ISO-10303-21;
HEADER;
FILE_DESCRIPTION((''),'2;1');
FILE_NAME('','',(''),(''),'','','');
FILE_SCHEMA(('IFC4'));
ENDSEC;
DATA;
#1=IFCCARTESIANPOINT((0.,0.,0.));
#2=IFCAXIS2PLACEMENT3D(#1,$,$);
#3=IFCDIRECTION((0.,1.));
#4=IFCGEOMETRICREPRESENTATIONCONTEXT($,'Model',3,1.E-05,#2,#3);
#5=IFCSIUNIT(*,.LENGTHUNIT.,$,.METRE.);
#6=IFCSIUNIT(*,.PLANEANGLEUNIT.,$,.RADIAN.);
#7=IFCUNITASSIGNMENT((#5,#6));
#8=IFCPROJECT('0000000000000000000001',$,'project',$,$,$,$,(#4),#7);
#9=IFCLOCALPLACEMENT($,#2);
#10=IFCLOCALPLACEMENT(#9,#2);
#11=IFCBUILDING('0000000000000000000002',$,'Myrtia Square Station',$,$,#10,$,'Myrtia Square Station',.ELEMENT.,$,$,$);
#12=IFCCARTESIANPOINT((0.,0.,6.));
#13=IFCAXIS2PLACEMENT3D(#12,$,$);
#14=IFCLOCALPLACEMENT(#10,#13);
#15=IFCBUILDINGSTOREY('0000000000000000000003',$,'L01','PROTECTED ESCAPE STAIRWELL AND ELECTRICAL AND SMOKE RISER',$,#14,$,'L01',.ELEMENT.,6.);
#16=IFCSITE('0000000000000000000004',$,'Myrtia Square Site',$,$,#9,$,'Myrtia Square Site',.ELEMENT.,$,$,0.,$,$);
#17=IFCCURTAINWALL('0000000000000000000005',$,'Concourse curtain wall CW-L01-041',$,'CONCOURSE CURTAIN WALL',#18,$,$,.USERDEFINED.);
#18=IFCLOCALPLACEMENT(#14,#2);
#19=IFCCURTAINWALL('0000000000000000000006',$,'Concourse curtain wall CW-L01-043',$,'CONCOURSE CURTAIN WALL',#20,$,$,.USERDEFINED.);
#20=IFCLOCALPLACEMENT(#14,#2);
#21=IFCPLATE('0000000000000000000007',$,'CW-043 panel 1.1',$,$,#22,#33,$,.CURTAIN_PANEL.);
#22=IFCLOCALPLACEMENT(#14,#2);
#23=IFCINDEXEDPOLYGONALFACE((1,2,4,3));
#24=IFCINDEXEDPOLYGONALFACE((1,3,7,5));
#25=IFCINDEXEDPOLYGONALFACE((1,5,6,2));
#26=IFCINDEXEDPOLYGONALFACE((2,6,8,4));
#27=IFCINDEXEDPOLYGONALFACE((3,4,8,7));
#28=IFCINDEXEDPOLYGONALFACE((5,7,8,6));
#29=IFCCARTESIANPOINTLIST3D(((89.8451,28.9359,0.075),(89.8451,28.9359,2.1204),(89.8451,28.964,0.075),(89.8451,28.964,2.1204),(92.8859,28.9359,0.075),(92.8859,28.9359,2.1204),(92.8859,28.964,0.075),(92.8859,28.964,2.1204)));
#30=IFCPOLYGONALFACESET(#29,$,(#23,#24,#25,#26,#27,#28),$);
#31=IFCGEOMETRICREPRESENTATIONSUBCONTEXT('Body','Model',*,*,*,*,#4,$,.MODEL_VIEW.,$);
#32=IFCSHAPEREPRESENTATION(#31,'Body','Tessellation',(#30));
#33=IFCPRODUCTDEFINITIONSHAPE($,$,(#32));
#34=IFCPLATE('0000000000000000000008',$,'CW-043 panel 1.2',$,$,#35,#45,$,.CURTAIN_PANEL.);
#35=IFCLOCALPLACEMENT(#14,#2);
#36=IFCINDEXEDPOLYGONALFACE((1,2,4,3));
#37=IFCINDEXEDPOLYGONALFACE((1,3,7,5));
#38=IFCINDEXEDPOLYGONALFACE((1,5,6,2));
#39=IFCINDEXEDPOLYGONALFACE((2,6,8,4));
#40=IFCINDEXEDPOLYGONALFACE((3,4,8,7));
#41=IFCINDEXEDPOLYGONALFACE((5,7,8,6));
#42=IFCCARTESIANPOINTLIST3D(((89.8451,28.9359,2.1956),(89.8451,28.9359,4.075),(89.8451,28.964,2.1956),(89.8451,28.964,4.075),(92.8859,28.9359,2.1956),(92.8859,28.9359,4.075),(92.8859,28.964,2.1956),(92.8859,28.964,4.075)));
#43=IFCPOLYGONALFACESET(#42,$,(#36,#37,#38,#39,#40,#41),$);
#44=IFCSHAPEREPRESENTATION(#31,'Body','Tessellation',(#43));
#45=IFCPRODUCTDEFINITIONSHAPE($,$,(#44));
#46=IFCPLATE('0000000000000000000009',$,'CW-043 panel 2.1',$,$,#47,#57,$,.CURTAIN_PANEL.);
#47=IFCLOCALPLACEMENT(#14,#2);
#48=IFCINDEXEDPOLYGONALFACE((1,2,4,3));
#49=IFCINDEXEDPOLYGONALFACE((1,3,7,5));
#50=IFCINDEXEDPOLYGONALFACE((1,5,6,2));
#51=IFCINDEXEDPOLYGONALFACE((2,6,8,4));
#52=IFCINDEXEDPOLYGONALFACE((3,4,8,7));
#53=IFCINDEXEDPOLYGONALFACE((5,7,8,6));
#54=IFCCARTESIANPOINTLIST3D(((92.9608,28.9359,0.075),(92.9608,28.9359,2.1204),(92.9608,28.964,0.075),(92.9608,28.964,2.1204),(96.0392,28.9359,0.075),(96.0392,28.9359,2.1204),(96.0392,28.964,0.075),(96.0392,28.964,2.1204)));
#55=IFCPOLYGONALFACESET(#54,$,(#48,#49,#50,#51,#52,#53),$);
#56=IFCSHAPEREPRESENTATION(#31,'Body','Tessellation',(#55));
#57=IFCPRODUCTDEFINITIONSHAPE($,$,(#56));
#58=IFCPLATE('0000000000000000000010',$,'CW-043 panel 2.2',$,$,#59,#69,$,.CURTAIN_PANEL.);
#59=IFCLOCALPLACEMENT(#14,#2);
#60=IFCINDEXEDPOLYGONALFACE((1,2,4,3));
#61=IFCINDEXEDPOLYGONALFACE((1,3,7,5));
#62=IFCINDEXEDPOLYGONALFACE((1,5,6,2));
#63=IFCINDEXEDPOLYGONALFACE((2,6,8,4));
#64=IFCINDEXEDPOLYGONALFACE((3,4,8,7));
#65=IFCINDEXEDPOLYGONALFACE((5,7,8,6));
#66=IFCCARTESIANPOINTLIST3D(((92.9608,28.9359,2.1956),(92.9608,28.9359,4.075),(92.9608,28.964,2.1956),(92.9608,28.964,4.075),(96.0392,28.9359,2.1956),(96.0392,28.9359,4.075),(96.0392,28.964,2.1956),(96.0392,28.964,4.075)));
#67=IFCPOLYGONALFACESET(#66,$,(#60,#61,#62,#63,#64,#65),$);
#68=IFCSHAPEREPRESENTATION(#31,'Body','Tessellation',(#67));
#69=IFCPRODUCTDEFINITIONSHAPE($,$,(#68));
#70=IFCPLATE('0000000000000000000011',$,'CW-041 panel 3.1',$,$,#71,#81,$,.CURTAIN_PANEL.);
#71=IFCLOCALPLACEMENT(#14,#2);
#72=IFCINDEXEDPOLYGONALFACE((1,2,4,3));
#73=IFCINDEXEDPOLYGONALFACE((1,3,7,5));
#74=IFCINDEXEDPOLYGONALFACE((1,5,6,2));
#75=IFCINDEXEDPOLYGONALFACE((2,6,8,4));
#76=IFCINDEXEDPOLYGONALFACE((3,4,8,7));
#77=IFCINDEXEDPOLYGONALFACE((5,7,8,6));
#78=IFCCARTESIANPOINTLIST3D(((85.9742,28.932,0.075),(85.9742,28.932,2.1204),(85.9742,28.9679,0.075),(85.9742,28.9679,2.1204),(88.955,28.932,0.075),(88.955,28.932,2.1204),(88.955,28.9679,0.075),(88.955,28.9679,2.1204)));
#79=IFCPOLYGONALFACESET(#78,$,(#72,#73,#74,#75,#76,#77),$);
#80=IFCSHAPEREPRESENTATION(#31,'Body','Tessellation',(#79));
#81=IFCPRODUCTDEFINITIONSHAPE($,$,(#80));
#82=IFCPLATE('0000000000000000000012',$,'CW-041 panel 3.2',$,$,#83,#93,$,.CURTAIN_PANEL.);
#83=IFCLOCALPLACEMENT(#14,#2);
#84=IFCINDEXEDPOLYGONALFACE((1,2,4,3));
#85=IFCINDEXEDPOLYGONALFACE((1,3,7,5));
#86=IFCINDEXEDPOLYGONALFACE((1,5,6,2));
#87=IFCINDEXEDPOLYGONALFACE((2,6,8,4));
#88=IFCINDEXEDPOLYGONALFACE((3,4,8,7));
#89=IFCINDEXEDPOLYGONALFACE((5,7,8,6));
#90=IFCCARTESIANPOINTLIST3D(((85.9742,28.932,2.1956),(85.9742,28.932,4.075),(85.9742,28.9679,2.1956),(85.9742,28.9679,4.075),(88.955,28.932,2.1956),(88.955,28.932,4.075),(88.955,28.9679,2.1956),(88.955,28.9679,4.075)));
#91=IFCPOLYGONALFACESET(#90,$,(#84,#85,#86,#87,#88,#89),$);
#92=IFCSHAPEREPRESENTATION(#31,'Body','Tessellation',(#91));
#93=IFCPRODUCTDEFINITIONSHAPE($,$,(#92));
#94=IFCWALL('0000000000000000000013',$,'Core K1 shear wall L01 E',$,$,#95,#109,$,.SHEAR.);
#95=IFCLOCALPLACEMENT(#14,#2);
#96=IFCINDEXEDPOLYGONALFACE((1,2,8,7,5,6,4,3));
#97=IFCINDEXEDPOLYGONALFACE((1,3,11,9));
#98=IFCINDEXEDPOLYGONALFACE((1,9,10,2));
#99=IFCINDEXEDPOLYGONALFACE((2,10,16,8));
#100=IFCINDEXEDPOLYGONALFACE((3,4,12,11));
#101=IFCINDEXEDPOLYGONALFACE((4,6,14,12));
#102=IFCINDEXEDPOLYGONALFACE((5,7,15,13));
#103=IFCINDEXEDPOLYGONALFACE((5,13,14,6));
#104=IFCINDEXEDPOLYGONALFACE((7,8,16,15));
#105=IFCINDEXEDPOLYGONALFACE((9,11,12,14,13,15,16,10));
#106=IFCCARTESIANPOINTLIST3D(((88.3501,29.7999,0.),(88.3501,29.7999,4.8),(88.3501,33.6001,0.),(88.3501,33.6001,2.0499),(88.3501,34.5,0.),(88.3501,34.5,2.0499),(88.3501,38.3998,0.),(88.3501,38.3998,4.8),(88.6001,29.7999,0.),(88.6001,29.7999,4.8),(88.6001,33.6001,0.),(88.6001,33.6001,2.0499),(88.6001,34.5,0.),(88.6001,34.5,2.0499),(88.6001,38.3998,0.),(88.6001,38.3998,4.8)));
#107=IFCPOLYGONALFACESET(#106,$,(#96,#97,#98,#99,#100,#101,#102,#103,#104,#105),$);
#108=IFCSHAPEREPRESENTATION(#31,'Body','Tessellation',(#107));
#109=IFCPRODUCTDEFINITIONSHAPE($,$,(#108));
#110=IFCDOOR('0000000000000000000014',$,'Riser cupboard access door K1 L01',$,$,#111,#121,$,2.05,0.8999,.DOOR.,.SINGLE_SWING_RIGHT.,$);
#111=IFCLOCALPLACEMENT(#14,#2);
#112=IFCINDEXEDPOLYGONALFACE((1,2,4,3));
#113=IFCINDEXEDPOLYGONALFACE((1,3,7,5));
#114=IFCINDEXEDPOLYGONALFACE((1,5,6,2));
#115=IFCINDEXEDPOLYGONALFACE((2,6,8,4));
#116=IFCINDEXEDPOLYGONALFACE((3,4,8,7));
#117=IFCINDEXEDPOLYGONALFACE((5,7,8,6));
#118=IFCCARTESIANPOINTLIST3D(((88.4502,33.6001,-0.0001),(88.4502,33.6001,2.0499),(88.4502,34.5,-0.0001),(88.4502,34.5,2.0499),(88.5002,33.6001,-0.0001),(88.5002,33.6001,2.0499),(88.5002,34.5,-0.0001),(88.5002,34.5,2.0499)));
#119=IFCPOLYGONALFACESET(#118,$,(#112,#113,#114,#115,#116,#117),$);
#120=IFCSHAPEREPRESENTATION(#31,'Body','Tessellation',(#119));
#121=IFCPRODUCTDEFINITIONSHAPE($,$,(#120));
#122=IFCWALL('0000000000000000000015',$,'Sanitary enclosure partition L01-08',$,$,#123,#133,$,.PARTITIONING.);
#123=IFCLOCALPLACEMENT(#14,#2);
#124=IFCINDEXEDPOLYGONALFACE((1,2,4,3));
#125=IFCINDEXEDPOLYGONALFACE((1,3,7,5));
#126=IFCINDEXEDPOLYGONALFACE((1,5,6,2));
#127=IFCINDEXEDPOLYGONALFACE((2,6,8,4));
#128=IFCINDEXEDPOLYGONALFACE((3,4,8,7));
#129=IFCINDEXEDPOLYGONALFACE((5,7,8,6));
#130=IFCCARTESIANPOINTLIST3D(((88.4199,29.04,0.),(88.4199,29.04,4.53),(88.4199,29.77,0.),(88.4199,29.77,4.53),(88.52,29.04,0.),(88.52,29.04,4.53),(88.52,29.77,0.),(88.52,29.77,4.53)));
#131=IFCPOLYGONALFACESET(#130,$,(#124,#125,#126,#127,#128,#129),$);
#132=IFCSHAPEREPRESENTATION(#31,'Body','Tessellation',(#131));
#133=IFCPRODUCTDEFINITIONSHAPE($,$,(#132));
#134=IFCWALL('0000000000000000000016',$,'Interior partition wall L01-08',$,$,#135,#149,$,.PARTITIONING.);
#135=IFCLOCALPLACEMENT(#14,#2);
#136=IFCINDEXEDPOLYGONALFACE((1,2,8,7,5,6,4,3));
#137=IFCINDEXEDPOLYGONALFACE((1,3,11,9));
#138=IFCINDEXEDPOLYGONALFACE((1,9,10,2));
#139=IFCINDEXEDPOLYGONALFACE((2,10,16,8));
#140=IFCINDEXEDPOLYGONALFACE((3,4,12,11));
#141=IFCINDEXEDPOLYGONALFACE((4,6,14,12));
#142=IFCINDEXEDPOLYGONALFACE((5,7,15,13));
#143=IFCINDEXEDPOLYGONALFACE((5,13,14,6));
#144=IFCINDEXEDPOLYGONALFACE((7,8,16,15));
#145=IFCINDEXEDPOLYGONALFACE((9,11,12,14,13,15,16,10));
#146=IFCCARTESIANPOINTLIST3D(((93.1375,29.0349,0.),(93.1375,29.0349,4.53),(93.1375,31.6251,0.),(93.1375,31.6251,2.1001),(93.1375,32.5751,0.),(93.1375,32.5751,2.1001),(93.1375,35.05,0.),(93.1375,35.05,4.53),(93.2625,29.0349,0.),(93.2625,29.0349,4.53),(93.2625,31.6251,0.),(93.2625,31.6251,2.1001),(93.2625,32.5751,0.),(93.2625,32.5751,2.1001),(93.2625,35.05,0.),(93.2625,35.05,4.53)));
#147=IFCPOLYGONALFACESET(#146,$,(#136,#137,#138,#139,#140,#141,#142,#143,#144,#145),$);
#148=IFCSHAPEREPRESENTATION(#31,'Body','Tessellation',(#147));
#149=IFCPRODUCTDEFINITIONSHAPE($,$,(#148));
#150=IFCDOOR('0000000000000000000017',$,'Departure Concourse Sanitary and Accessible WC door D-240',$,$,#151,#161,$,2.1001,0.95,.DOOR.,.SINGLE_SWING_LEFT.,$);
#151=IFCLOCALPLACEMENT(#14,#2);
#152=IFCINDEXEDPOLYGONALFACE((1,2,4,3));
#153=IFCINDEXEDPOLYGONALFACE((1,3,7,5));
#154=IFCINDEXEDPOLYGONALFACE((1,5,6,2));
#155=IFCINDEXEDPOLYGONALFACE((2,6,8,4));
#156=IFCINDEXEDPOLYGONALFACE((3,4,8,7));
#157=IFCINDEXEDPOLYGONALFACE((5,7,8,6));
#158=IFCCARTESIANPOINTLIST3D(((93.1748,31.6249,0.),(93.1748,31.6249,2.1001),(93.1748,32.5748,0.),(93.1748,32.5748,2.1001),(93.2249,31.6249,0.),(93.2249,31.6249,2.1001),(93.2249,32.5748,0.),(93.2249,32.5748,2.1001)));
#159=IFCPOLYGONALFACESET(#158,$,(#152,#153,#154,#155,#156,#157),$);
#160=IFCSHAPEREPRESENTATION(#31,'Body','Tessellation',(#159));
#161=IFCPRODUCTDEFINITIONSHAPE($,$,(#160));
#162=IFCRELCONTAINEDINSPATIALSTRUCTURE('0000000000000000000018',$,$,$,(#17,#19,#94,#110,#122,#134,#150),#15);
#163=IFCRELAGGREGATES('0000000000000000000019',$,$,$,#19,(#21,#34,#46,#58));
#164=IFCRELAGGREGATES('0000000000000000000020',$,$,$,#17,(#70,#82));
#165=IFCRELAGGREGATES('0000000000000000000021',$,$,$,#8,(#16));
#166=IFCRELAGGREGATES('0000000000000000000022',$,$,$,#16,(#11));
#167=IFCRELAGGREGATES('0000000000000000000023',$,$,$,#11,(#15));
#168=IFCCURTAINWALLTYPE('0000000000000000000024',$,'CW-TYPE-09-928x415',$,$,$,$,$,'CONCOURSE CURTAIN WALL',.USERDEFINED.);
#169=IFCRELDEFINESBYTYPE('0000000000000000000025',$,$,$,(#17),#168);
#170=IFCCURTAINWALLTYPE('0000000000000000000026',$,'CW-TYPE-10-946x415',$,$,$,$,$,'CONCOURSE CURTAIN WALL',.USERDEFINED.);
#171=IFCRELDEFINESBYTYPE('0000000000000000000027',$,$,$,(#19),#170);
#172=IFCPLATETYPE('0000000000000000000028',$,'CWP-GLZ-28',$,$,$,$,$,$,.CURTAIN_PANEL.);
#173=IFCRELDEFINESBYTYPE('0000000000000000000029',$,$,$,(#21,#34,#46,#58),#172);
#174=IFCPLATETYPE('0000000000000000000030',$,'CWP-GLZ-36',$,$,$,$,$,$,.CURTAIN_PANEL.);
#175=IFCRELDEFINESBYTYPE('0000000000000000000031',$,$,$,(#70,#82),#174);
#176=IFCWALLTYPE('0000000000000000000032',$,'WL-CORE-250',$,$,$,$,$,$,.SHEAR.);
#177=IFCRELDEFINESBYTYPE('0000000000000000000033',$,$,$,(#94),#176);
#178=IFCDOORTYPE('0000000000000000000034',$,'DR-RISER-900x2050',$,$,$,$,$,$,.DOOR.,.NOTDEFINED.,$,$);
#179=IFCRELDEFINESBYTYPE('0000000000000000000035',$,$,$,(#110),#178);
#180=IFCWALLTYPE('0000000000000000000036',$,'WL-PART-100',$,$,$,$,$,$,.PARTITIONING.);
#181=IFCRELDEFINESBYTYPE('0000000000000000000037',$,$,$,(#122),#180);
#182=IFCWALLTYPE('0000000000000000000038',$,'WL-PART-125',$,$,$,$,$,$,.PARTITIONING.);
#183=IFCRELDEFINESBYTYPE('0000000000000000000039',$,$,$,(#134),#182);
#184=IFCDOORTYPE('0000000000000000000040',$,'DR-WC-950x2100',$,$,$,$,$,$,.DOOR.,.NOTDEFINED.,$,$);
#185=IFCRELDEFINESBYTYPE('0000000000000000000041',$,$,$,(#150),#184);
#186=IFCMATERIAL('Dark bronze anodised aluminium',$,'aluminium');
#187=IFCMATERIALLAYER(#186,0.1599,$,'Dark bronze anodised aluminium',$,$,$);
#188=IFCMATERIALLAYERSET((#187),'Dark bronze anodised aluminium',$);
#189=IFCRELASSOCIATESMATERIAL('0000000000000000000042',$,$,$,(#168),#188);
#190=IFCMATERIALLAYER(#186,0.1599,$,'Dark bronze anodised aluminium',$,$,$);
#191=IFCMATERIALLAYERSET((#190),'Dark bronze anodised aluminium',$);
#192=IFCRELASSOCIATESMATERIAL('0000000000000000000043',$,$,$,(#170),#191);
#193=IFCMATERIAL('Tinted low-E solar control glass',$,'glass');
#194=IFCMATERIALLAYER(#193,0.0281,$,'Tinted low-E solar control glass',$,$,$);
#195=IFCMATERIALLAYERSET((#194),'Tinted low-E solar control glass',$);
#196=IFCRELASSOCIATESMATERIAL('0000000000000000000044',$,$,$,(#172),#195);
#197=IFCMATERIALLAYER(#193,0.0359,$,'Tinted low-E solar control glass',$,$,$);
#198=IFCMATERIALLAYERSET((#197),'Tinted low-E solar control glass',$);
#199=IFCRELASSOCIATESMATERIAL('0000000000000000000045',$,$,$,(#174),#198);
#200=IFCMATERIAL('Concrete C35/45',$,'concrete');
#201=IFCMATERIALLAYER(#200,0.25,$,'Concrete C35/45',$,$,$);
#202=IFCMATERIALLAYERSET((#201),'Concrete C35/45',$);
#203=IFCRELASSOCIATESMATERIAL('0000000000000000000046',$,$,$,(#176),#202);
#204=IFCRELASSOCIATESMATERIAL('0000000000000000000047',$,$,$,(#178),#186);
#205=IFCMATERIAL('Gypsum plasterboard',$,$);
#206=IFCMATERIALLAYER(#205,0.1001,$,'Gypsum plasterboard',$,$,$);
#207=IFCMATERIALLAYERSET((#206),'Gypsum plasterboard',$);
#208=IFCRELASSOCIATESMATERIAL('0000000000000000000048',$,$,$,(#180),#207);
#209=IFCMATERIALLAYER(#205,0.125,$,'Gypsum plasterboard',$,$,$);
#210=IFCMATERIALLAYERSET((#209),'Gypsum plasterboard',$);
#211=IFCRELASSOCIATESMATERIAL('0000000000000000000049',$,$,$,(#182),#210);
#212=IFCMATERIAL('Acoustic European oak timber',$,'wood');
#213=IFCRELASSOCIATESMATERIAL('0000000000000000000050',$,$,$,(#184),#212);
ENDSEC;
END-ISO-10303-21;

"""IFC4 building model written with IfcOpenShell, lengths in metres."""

from ifc_helpers import new_model, si_unit, direction, frame, frame_2d, origin, origin_2d, place, context, subcontext, project, spatial, rectangle, extrude, material, layer, layer_set, type_object, element, fill, aggregate, save


model = new_model("IFC4")

# Units and contexts
model_context = context("Model", 3, precision=1e-05, world=origin(), true_north=direction((0.0, 1.0)))
body_context = subcontext(model_context, "Body", "Model", "MODEL_VIEW")
ifc_project = project(units=[si_unit("LENGTHUNIT", "METRE"), si_unit("PLANEANGLEUNIT", "RADIAN")], contexts=[model_context])

# Site, building, storey
site_placement = place(None, origin())
site = spatial("IfcSite", under=ifc_project, at=site_placement, Name="Myrtia Square Site", LongName="Myrtia Square Site", CompositionType="ELEMENT", RefElevation=0.0)
building_placement = place(site_placement, origin())
building = spatial("IfcBuilding", under=site, at=building_placement, Name="Myrtia Square Station", LongName="Myrtia Square Station", CompositionType="ELEMENT")
storey_placement = place(building_placement, frame((0.0, 0.0, 6.0)))
storey = spatial("IfcBuildingStorey", under=building, at=storey_placement, Name="L01", Description="PROTECTED ESCAPE STAIRWELL AND ELECTRICAL AND SMOKE RISER", LongName="L01", CompositionType="ELEMENT", Elevation=6.0)

# Curtain wall
ifc_material_1 = material(Name="Dark bronze anodised aluminium", Category="aluminium")
ifc_layer_1 = layer(ifc_material_1, 0.1599, Name="Dark bronze anodised aluminium")
ifc_layer_set_1 = layer_set([ifc_layer_1], Name="Dark bronze anodised aluminium")
curtain_wall_type_1 = type_object("IfcCurtainWallType", Name="CW-TYPE-09-928x415", ElementType="CONCOURSE CURTAIN WALL", PredefinedType="USERDEFINED", material=ifc_layer_set_1)
curtain_wall_1_placement = place(storey_placement, origin())
curtain_wall_1 = element("IfcCurtainWall", 1, at=curtain_wall_1_placement, inside=storey, type_object=curtain_wall_type_1, Name="Concourse curtain wall CW-L01-041", ObjectType="CONCOURSE CURTAIN WALL", PredefinedType="USERDEFINED")

# Curtain wall
ifc_layer_2 = layer(ifc_material_1, 0.1599, Name="Dark bronze anodised aluminium")
ifc_layer_set_2 = layer_set([ifc_layer_2], Name="Dark bronze anodised aluminium")
curtain_wall_type_2 = type_object("IfcCurtainWallType", Name="CW-TYPE-10-946x415", ElementType="CONCOURSE CURTAIN WALL", PredefinedType="USERDEFINED", material=ifc_layer_set_2)
curtain_wall_2_placement = place(storey_placement, origin())
curtain_wall_2 = element("IfcCurtainWall", 2, at=curtain_wall_2_placement, inside=storey, type_object=curtain_wall_type_2, Name="Concourse curtain wall CW-L01-043", ObjectType="CONCOURSE CURTAIN WALL", PredefinedType="USERDEFINED")

# Plates
ifc_material_2 = material(Name="Tinted low-E solar control glass", Category="glass")
ifc_layer_3 = layer(ifc_material_2, 0.0281, Name="Tinted low-E solar control glass")
ifc_layer_set_3 = layer_set([ifc_layer_3], Name="Tinted low-E solar control glass")
plate_type_1 = type_object("IfcPlateType", Name="CWP-GLZ-28", PredefinedType="CURTAIN_PANEL", material=ifc_layer_set_3)
plate_1_placement = place(storey_placement, frame((91.3655, 28.95, 0.075), z_axis=(0.0, 0.0, 1.0), x_axis=(1.0, 0.0, 0.0)))
plate_1 = element("IfcPlate", 3, at=plate_1_placement, type_object=plate_type_1, Name="CW-043 panel 1.1", PredefinedType="CURTAIN_PANEL", context=body_context, shape_type="SweptSolid", body=[
    extrude(rectangle(XDim=3.0408, YDim=0.0281, at=origin_2d()), origin(), (0.0, 0.0, 1.0), 2.0454),
])
plate_2_placement = place(storey_placement, frame((91.3655, 28.95, 2.1956), z_axis=(0.0, 0.0, 1.0), x_axis=(1.0, 0.0, 0.0)))
plate_2 = element("IfcPlate", 4, at=plate_2_placement, type_object=plate_type_1, Name="CW-043 panel 1.2", PredefinedType="CURTAIN_PANEL", context=body_context, shape_type="SweptSolid", body=[
    extrude(rectangle(XDim=3.0408, YDim=0.0281, at=origin_2d()), origin(), (0.0, 0.0, 1.0), 1.8794),
])
plate_3_placement = place(storey_placement, frame((94.5, 28.95, 0.075), z_axis=(0.0, 0.0, 1.0), x_axis=(1.0, 0.0, 0.0)))
plate_3 = element("IfcPlate", 5, at=plate_3_placement, type_object=plate_type_1, Name="CW-043 panel 2.1", PredefinedType="CURTAIN_PANEL", context=body_context, shape_type="SweptSolid", body=[
    extrude(rectangle(XDim=3.0784, YDim=0.0281, at=origin_2d()), origin(), (0.0, 0.0, 1.0), 2.0454),
])
plate_4_placement = place(storey_placement, frame((94.5, 28.95, 2.1956), z_axis=(0.0, 0.0, 1.0), x_axis=(1.0, 0.0, 0.0)))
plate_4 = element("IfcPlate", 6, at=plate_4_placement, type_object=plate_type_1, Name="CW-043 panel 2.2", PredefinedType="CURTAIN_PANEL", context=body_context, shape_type="SweptSolid", body=[
    extrude(rectangle(XDim=3.0784, YDim=0.0281, at=origin_2d()), origin(), (0.0, 0.0, 1.0), 1.8794),
])
aggregate(curtain_wall_2, [plate_1, plate_2, plate_3, plate_4])
ifc_layer_4 = layer(ifc_material_2, 0.0359, Name="Tinted low-E solar control glass")
ifc_layer_set_4 = layer_set([ifc_layer_4], Name="Tinted low-E solar control glass")
plate_type_2 = type_object("IfcPlateType", Name="CWP-GLZ-36", PredefinedType="CURTAIN_PANEL", material=ifc_layer_set_4)
plate_5_placement = place(storey_placement, frame((87.4646, 28.95, 0.075), z_axis=(0.0, 0.0, 1.0), x_axis=(1.0, 0.0, 0.0)))
plate_5 = element("IfcPlate", 7, at=plate_5_placement, type_object=plate_type_2, Name="CW-041 panel 3.1", PredefinedType="CURTAIN_PANEL", context=body_context, shape_type="SweptSolid", body=[
    extrude(rectangle(XDim=2.9807, YDim=0.0359, at=origin_2d()), origin(), (0.0, 0.0, 1.0), 2.0454),
])
plate_6_placement = place(storey_placement, frame((87.4646, 28.95, 2.1956), z_axis=(0.0, 0.0, 1.0), x_axis=(1.0, 0.0, 0.0)))
plate_6 = element("IfcPlate", 8, at=plate_6_placement, type_object=plate_type_2, Name="CW-041 panel 3.2", PredefinedType="CURTAIN_PANEL", context=body_context, shape_type="SweptSolid", body=[
    extrude(rectangle(XDim=2.9807, YDim=0.0359, at=origin_2d()), origin(), (0.0, 0.0, 1.0), 1.8794),
])
aggregate(curtain_wall_1, [plate_5, plate_6])

# Wall, opening, door
ifc_material_3 = material(Name="Concrete C35/45", Category="concrete")
ifc_layer_5 = layer(ifc_material_3, 0.25, Name="Concrete C35/45")
ifc_layer_set_5 = layer_set([ifc_layer_5], Name="Concrete C35/45")
wall_type_1 = type_object("IfcWallType", Name="WL-CORE-250", PredefinedType="SHEAR", material=ifc_layer_set_5)
wall_1_placement = place(storey_placement, frame((88.4751, 29.8, 0.0), z_axis=(0.0, 0.0, 1.0), x_axis=(0.0, 1.0, 0.0)))
wall_1 = element("IfcWall", 9, at=wall_1_placement, inside=storey, type_object=wall_type_1, Name="Core K1 shear wall L01 E", PredefinedType="SHEAR", context=body_context, shape_type="SweptSolid", body=[
    extrude(rectangle(XDim=8.5999, YDim=0.25, at=frame_2d((4.2998, 0.0))), origin(), (0.0, 0.0, 1.0), 4.8),
])
opening_1_placement = place(wall_1_placement, frame((3.8, 0.0, 0.0)))
opening_1 = element("IfcOpeningElement", 10, at=opening_1_placement, cuts=wall_1, PredefinedType="OPENING", context=body_context, shape_type="SweptSolid", body=[
    extrude(rectangle(XDim=0.8999, YDim=2.05, at=frame_2d((0.45, 1.0249))), frame((0.0, 0.1399, 0.0), z_axis=(0.0, -1.0, 0.0), x_axis=(1.0, 0.0, 0.0)), (0.0, 0.0, 1.0), 0.28),
])
door_type_1 = type_object("IfcDoorType", Name="DR-RISER-900x2050", OperationType="NOTDEFINED", PredefinedType="DOOR", material=ifc_material_1)
door_1_placement = place(opening_1_placement, origin())
door_1 = element("IfcDoor", 11, at=door_1_placement, inside=storey, type_object=door_type_1, Name="Riser cupboard access door K1 L01", OperationType="SINGLE_SWING_RIGHT", OverallHeight=2.05, OverallWidth=0.8999, PredefinedType="DOOR", context=body_context, shape_type="SweptSolid", body=[
    extrude(rectangle(XDim=0.8999, YDim=2.05, at=frame_2d((0.45, 1.0249))), frame((0.0, 0.0249, 0.0), z_axis=(0.0, -1.0, 0.0), x_axis=(1.0, 0.0, 0.0)), (0.0, 0.0, 1.0), 0.05),
])
fill(opening_1, door_1)

# Wall
ifc_material_4 = material(Name="Gypsum plasterboard")
ifc_layer_6 = layer(ifc_material_4, 0.1001, Name="Gypsum plasterboard")
ifc_layer_set_6 = layer_set([ifc_layer_6], Name="Gypsum plasterboard")
wall_type_2 = type_object("IfcWallType", Name="WL-PART-100", PredefinedType="PARTITIONING", material=ifc_layer_set_6)
wall_2_placement = place(storey_placement, frame((88.47, 29.04, 0.0), z_axis=(0.0, 0.0, 1.0), x_axis=(0.0, 1.0, 0.0)))
element("IfcWall", 12, at=wall_2_placement, inside=storey, type_object=wall_type_2, Name="Sanitary enclosure partition L01-08", PredefinedType="PARTITIONING", context=body_context, shape_type="SweptSolid", body=[
    extrude(rectangle(XDim=0.73, YDim=0.1001, at=frame_2d((0.365, 0.0))), origin(), (0.0, 0.0, 1.0), 4.53),
])

# Wall, opening, door
ifc_layer_7 = layer(ifc_material_4, 0.125, Name="Gypsum plasterboard")
ifc_layer_set_7 = layer_set([ifc_layer_7], Name="Gypsum plasterboard")
wall_type_3 = type_object("IfcWallType", Name="WL-PART-125", PredefinedType="PARTITIONING", material=ifc_layer_set_7)
wall_3_placement = place(storey_placement, frame((93.2, 29.0349, 0.0), z_axis=(0.0, 0.0, 1.0), x_axis=(0.0, 1.0, 0.0)))
wall_3 = element("IfcWall", 13, at=wall_3_placement, inside=storey, type_object=wall_type_3, Name="Interior partition wall L01-08", PredefinedType="PARTITIONING", context=body_context, shape_type="SweptSolid", body=[
    extrude(rectangle(XDim=6.0151, YDim=0.125, at=frame_2d((3.0076, 0.0))), origin(), (0.0, 0.0, 1.0), 4.53),
])
opening_2_placement = place(wall_3_placement, frame((2.5901, 0.0, 0.0)))
opening_2 = element("IfcOpeningElement", 14, at=opening_2_placement, cuts=wall_3, PredefinedType="OPENING", context=body_context, shape_type="SweptSolid", body=[
    extrude(rectangle(XDim=0.95, YDim=2.1001, at=frame_2d((0.4751, 1.05))), frame((0.0, 0.0774, 0.0), z_axis=(0.0, -1.0, 0.0), x_axis=(1.0, 0.0, 0.0)), (0.0, 0.0, 1.0), 0.155),
])
ifc_material_5 = material(Name="Acoustic European oak timber", Category="wood")
door_type_2 = type_object("IfcDoorType", Name="DR-WC-950x2100", OperationType="NOTDEFINED", PredefinedType="DOOR", material=ifc_material_5)
door_2_placement = place(opening_2_placement, frame((0.95, 0.0, 0.0), z_axis=(0.0, 0.0, 1.0), x_axis=(-1.0, 0.0, 0.0)))
door_2 = element("IfcDoor", 15, at=door_2_placement, inside=storey, type_object=door_type_2, Name="Departure Concourse Sanitary and Accessible WC door D-240", OperationType="SINGLE_SWING_LEFT", OverallHeight=2.1001, OverallWidth=0.95, PredefinedType="DOOR", context=body_context, shape_type="SweptSolid", body=[
    extrude(rectangle(XDim=0.95, YDim=2.1001, at=frame_2d((0.4751, 1.05))), frame((0.0, 0.0249, 0.0), z_axis=(0.0, -1.0, 0.0), x_axis=(1.0, 0.0, 0.0)), (0.0, 0.0, 1.0), 0.05),
])
fill(opening_2, door_2)

save(model, "model.ifc")
